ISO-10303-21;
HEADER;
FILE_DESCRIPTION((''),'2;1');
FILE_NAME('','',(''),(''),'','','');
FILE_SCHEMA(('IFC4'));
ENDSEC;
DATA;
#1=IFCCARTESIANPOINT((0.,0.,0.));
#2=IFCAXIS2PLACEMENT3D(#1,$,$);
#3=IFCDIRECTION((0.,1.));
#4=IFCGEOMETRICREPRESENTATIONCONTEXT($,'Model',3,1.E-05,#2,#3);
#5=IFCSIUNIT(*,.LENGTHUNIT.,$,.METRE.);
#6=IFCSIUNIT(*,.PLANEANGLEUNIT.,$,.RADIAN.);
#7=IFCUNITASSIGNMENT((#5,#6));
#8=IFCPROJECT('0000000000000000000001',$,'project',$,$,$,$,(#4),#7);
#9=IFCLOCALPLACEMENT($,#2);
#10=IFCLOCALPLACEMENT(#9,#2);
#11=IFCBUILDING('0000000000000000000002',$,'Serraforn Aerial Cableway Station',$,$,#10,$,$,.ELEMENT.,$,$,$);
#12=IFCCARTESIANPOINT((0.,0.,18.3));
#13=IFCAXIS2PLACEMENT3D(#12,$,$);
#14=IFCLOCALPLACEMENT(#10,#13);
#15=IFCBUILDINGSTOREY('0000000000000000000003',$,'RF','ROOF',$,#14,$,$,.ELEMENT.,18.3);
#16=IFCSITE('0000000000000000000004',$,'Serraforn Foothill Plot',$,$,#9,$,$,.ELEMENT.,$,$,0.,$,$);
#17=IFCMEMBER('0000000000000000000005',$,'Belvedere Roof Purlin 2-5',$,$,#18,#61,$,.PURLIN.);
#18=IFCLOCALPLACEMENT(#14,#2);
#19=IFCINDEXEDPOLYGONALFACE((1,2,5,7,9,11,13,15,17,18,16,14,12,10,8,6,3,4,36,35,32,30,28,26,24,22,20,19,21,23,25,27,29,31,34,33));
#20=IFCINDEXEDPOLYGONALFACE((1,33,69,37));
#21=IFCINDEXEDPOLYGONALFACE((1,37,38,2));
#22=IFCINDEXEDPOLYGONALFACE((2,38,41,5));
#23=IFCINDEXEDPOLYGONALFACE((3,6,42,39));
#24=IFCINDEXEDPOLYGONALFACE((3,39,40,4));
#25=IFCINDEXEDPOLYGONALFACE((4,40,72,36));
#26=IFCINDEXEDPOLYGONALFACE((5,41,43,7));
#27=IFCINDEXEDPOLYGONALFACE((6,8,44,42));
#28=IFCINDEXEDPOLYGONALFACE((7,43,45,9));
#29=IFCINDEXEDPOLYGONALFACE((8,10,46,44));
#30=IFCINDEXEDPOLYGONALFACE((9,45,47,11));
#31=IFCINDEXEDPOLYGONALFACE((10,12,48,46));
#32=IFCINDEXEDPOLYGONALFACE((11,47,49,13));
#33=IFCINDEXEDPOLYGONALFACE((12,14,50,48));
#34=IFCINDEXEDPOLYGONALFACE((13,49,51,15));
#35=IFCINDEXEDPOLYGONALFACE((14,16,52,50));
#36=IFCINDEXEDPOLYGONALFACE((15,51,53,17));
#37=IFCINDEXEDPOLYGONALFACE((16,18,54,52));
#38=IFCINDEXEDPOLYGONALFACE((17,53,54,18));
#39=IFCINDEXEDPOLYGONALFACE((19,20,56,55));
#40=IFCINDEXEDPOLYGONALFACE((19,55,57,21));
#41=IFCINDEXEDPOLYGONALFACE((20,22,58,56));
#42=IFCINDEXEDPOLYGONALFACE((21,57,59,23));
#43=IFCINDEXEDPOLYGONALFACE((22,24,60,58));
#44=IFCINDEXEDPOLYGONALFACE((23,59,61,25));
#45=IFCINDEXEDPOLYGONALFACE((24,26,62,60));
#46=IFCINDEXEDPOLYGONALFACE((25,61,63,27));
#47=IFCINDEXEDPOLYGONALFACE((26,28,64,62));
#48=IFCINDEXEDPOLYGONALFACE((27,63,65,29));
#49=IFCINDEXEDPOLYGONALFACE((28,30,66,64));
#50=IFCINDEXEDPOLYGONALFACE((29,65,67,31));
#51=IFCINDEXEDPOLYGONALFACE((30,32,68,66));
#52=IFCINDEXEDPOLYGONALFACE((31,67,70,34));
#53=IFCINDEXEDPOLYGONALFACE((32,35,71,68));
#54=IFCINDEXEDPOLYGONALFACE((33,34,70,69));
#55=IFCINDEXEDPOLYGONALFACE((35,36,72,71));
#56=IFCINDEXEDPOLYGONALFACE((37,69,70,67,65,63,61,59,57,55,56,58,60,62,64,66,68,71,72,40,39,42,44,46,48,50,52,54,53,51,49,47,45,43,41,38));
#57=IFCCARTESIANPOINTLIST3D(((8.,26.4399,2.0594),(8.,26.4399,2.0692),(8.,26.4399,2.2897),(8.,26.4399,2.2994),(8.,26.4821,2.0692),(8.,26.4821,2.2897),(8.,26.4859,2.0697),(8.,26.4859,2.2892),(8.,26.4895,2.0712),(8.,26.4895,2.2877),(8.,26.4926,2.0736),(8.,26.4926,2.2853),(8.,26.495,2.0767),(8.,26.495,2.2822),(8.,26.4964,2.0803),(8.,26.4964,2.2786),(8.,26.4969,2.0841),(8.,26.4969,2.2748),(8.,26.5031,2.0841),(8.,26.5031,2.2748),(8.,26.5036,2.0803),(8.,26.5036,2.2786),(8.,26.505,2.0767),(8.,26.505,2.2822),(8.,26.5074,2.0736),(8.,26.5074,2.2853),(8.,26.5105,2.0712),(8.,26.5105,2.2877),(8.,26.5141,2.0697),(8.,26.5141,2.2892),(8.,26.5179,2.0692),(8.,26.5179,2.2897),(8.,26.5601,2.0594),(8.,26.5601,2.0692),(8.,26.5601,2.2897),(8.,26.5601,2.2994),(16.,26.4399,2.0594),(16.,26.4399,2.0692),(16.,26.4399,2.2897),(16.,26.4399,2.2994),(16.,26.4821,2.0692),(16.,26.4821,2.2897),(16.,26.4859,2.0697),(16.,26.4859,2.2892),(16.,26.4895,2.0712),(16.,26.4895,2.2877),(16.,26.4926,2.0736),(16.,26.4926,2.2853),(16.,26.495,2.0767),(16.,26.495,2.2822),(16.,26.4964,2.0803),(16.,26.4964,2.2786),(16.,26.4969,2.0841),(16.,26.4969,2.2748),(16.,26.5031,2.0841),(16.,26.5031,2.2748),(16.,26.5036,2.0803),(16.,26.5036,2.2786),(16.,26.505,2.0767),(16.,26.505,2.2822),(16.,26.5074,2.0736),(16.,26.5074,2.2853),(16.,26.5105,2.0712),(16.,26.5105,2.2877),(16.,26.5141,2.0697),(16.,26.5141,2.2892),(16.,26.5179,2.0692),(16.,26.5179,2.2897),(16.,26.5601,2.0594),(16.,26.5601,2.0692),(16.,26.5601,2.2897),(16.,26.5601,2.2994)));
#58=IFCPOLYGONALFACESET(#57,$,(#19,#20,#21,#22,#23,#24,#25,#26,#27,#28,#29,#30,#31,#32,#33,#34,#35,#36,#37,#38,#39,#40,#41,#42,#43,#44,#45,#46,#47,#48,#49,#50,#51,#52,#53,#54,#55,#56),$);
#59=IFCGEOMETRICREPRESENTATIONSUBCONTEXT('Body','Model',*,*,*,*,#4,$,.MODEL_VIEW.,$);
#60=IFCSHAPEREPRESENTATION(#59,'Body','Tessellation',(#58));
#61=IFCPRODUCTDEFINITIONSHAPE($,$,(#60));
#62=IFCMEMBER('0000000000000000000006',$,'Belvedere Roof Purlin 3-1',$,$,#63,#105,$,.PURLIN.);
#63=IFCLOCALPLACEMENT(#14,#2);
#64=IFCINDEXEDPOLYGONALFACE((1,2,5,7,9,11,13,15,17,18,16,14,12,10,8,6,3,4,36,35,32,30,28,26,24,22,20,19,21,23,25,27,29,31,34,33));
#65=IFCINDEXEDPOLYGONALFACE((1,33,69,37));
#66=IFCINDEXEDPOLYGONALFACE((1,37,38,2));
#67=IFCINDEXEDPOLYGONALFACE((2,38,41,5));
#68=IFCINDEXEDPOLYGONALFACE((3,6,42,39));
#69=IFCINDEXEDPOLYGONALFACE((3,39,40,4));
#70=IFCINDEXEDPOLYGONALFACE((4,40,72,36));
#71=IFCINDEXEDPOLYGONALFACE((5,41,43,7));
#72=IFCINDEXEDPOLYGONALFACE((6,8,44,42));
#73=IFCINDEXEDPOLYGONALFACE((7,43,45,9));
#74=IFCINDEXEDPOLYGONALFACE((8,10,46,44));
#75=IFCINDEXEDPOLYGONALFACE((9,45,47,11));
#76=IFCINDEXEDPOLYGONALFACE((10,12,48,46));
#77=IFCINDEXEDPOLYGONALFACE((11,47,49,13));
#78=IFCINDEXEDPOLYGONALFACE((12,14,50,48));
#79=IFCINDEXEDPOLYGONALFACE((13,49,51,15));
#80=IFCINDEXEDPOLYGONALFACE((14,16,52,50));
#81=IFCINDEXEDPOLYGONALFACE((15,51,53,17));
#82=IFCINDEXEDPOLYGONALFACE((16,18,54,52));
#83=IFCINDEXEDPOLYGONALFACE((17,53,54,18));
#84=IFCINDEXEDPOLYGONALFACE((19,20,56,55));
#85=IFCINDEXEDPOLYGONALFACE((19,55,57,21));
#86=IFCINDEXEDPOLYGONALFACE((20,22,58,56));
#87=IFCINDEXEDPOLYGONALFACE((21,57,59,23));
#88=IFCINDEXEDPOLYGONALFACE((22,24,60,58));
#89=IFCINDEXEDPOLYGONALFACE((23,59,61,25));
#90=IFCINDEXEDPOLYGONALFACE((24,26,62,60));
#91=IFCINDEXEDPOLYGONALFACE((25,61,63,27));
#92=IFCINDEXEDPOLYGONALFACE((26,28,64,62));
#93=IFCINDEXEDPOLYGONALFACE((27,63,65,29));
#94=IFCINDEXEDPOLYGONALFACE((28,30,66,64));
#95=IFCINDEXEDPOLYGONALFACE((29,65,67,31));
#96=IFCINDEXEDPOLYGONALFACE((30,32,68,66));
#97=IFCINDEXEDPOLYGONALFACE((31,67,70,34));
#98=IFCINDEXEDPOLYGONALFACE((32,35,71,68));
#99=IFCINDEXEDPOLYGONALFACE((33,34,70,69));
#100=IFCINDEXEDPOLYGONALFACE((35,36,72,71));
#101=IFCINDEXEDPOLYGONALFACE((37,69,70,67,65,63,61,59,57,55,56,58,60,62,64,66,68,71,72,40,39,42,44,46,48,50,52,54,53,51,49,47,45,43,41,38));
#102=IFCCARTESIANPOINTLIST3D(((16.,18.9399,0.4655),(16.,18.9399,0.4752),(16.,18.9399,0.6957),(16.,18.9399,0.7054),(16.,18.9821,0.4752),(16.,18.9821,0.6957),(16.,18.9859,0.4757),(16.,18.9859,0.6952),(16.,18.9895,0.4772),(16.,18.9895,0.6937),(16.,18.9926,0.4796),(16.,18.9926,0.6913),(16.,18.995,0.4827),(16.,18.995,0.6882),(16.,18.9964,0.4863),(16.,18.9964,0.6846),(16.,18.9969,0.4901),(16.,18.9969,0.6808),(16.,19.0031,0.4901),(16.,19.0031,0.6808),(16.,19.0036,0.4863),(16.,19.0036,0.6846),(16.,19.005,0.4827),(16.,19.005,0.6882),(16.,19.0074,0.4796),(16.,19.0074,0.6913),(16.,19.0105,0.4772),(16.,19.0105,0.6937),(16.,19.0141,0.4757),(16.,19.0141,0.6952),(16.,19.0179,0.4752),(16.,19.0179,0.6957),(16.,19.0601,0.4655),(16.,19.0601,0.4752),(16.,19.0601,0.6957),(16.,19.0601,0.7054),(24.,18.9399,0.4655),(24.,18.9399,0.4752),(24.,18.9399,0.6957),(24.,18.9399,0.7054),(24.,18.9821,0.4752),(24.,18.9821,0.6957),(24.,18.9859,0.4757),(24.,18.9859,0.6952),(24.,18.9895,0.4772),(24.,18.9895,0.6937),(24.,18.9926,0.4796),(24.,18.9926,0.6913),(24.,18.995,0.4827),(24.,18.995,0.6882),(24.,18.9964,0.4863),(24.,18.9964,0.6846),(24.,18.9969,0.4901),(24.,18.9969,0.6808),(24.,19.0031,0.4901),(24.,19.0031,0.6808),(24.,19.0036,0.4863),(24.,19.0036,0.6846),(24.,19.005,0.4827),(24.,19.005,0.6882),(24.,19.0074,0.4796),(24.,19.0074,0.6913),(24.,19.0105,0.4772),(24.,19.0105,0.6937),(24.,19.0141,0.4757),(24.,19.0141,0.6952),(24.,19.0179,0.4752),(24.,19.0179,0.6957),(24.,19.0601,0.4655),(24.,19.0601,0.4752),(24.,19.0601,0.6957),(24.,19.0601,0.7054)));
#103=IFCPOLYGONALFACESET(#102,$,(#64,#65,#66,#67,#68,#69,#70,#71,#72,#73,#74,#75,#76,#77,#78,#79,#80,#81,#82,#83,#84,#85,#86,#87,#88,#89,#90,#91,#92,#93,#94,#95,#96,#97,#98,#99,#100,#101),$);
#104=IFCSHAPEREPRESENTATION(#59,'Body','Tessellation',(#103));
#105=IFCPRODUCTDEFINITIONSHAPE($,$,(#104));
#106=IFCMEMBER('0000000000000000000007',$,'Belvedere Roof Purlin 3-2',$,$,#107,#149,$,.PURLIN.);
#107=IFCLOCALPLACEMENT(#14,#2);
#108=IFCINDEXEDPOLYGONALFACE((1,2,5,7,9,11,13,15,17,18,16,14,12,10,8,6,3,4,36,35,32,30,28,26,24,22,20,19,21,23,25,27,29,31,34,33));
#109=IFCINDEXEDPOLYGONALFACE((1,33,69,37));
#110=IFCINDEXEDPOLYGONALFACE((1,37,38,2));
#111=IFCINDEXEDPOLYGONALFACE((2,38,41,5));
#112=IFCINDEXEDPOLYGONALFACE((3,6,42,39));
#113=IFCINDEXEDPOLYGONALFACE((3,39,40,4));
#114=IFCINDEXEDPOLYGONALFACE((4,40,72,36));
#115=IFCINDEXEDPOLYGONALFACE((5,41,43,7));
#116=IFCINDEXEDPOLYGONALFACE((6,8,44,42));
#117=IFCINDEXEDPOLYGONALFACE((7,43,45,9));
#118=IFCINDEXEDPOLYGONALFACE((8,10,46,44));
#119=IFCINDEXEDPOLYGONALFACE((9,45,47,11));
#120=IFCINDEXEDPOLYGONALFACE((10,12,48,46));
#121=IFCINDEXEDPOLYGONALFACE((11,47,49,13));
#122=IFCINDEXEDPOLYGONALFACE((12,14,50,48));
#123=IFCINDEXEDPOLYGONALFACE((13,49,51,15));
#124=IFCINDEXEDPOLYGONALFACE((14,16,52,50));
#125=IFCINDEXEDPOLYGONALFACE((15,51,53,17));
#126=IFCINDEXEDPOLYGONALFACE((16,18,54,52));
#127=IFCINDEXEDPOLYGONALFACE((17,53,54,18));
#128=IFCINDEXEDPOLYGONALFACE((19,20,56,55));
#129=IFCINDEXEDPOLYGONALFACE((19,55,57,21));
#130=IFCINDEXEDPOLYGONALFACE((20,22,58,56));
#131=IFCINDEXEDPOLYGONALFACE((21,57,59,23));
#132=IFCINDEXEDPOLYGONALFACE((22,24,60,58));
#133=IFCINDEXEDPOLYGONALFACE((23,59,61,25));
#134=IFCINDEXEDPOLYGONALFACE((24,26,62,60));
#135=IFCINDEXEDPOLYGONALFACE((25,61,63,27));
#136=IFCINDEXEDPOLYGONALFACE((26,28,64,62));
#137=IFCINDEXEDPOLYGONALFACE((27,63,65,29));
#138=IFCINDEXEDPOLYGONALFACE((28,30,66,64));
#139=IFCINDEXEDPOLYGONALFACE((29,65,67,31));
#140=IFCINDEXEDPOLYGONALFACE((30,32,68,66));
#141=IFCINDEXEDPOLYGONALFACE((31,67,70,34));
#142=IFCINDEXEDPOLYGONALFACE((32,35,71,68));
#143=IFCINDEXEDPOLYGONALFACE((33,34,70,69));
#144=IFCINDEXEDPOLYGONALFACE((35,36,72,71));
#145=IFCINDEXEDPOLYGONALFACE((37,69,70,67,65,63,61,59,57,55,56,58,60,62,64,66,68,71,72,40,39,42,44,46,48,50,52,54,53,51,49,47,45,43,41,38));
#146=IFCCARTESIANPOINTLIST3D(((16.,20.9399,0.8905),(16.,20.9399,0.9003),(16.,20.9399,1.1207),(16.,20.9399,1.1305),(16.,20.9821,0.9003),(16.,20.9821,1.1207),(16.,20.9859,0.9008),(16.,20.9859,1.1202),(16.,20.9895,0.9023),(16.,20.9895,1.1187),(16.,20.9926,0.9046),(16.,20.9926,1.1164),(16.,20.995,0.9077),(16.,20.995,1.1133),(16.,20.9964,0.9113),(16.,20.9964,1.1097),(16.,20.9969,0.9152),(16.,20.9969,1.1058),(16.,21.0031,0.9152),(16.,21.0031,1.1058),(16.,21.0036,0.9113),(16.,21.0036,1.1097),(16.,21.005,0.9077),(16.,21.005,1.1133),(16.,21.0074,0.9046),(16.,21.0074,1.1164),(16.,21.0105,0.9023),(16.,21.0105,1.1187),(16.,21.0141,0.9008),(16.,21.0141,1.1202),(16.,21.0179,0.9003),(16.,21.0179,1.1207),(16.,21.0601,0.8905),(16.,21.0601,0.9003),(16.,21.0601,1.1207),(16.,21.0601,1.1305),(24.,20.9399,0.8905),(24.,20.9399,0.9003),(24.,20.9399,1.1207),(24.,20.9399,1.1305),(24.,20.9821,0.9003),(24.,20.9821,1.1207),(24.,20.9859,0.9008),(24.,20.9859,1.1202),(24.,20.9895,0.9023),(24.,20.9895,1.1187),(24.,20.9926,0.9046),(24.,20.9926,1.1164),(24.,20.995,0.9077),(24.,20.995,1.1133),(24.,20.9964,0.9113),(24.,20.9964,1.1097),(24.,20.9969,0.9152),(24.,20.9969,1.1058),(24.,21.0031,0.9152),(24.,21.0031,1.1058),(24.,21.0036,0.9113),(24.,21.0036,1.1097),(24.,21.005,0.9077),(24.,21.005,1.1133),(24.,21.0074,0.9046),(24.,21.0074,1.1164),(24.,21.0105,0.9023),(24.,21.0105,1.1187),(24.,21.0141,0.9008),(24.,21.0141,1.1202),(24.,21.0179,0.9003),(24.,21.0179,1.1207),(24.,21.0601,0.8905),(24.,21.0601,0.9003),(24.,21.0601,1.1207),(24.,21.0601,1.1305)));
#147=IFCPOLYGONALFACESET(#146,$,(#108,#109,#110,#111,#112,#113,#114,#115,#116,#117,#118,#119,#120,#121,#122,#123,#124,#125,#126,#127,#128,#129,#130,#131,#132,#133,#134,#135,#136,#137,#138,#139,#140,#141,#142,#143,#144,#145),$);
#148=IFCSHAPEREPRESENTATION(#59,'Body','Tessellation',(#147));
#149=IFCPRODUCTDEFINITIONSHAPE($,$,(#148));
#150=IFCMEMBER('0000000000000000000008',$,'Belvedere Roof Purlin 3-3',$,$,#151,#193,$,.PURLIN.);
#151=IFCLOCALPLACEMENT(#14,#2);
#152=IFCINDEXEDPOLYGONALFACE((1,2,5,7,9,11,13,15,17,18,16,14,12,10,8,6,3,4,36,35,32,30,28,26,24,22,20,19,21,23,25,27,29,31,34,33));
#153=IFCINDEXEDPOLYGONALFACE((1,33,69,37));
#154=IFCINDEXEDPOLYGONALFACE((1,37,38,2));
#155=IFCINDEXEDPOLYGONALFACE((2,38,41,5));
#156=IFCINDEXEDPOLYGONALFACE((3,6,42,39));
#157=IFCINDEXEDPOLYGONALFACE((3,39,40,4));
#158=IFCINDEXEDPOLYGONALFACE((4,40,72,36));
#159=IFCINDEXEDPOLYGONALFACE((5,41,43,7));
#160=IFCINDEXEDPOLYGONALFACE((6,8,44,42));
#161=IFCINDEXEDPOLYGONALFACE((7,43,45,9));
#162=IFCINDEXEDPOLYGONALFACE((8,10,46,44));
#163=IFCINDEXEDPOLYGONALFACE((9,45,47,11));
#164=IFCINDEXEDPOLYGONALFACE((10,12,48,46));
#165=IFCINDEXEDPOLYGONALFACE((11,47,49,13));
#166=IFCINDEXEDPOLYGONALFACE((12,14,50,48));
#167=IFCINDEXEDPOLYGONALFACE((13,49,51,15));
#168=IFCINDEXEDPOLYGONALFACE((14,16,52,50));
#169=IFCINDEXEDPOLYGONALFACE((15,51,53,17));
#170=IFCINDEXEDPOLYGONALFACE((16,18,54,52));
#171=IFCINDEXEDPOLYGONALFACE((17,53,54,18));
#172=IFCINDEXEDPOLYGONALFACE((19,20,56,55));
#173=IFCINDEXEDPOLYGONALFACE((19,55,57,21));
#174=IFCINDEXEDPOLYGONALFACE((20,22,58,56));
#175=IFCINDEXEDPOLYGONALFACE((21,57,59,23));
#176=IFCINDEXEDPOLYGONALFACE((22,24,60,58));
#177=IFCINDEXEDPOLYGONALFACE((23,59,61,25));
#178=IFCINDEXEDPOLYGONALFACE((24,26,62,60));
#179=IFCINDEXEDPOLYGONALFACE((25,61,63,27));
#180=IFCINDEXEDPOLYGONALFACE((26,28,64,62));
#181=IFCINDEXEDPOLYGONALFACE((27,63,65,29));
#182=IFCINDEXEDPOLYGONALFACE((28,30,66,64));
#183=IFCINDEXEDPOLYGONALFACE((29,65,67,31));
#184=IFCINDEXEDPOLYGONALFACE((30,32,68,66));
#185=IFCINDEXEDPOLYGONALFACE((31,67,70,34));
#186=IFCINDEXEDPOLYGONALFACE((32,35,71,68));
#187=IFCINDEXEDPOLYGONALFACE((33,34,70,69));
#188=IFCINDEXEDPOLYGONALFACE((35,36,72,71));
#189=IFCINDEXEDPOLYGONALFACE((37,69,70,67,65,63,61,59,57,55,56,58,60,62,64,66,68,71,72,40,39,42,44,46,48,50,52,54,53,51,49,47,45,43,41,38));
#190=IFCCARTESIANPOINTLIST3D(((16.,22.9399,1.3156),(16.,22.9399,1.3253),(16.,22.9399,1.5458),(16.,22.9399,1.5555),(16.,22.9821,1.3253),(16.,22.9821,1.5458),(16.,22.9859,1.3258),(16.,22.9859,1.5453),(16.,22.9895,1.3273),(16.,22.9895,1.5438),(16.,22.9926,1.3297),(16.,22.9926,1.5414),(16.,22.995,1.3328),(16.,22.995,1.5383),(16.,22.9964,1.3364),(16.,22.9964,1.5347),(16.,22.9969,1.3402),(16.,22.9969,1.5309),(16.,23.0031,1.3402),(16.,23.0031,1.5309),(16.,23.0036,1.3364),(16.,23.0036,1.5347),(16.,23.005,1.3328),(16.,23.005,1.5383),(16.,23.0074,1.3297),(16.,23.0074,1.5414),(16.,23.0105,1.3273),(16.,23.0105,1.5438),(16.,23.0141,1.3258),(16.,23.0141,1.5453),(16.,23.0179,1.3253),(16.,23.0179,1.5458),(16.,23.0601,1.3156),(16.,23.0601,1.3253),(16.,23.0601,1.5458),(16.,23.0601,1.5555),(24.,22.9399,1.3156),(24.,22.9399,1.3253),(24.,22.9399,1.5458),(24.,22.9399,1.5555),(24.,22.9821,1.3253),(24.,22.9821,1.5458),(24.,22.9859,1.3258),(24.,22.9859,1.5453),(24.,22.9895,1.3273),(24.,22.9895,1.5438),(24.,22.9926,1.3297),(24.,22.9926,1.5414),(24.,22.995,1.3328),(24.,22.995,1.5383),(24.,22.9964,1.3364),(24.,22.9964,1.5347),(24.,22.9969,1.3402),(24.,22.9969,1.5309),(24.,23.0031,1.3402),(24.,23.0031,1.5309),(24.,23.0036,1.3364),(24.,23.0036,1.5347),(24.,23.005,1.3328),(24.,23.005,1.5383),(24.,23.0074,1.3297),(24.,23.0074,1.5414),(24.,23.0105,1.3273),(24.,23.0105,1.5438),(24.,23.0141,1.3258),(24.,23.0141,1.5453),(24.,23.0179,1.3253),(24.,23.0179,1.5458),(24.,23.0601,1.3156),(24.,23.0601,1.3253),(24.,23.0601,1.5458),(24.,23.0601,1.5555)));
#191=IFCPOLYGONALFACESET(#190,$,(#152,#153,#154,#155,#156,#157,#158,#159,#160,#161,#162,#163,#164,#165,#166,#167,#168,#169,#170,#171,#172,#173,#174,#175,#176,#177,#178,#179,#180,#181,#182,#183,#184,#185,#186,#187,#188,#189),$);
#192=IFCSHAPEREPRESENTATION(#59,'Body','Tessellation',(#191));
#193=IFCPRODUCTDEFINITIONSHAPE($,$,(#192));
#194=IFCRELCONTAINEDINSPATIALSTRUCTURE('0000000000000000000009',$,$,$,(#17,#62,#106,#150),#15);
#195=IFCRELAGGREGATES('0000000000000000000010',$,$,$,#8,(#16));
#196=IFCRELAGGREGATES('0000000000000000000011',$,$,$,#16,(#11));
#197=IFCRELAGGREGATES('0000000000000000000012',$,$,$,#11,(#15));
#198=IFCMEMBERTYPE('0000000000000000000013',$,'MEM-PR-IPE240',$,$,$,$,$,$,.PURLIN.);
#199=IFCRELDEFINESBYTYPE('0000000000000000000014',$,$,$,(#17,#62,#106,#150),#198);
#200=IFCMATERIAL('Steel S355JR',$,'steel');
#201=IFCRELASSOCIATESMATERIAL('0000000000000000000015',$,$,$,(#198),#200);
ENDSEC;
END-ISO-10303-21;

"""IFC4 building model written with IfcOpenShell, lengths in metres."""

from ifc_helpers import new_model, si_unit, direction, frame, origin, origin_2d, place, context, subcontext, project, spatial, i_section, extrude, material, material_profile, profile_set, type_object, element, save


model = new_model("IFC4")

# Units and contexts
model_context = context("Model", 3, precision=1e-05, world=origin(), true_north=direction((0.0, 1.0)))
body_context = subcontext(model_context, "Body", "Model", "MODEL_VIEW")
ifc_project = project(units=[si_unit("LENGTHUNIT", "METRE"), si_unit("PLANEANGLEUNIT", "RADIAN")], contexts=[model_context])

# Site, building, storey
site_placement = place(None, origin())
site = spatial("IfcSite", under=ifc_project, at=site_placement, Name="Serraforn Foothill Plot", CompositionType="ELEMENT", RefElevation=0.0)
building_placement = place(site_placement, origin())
building = spatial("IfcBuilding", under=site, at=building_placement, Name="Serraforn Aerial Cableway Station", CompositionType="ELEMENT")
storey_placement = place(building_placement, frame((0.0, 0.0, 18.3)))
storey = spatial("IfcBuildingStorey", under=building, at=storey_placement, Name="RF", Description="ROOF", CompositionType="ELEMENT", Elevation=18.3)

# Shared definitions
ifc_material_1 = material(Name="Steel S355JR", Category="steel")

# Members
ifc_material_profile_1 = material_profile(ifc_material_1, i_section(OverallWidth=0.1201, OverallDepth=0.24, WebThickness=0.0061, FlangeThickness=0.0098, FilletRadius=0.0149, at=origin_2d()), Name="IPE 240")
ifc_profile_set_1 = profile_set([ifc_material_profile_1], Name="Steel S355JR")
member_type_1 = type_object("IfcMemberType", Name="MEM-PR-IPE240", PredefinedType="PURLIN", material=ifc_profile_set_1)
for number, where, z_axis, x_axis, name in (
    (1, (8.0, 26.5, 2.1794), (1.0, 0.0, 0.0), (0.0, 1.0, 0.0), "Belvedere Roof Purlin 2-5"),
    (2, (16.0, 19.0, 0.5854), (1.0, 0.0, 0.0), (0.0, 1.0, 0.0), "Belvedere Roof Purlin 3-1"),
    (3, (16.0, 21.0, 1.0105), (1.0, 0.0, 0.0), (0.0, 1.0, 0.0), "Belvedere Roof Purlin 3-2"),
    (4, (16.0, 23.0, 1.4355), (1.0, 0.0, 0.0), (0.0, 1.0, 0.0), "Belvedere Roof Purlin 3-3"),
):
    element("IfcMember", number, at=place(storey_placement, frame(where, z_axis=z_axis, x_axis=x_axis)), inside=storey, type_object=member_type_1, Name=name, PredefinedType="PURLIN", context=body_context, shape_type="SweptSolid", body=[
        extrude(i_section(OverallWidth=0.1201, OverallDepth=0.24, WebThickness=0.0061, FlangeThickness=0.0098, FilletRadius=0.0149, at=origin_2d()), origin(), (0.0, 0.0, 1.0), 8.0),
    ])

save(model, "model.ifc")
